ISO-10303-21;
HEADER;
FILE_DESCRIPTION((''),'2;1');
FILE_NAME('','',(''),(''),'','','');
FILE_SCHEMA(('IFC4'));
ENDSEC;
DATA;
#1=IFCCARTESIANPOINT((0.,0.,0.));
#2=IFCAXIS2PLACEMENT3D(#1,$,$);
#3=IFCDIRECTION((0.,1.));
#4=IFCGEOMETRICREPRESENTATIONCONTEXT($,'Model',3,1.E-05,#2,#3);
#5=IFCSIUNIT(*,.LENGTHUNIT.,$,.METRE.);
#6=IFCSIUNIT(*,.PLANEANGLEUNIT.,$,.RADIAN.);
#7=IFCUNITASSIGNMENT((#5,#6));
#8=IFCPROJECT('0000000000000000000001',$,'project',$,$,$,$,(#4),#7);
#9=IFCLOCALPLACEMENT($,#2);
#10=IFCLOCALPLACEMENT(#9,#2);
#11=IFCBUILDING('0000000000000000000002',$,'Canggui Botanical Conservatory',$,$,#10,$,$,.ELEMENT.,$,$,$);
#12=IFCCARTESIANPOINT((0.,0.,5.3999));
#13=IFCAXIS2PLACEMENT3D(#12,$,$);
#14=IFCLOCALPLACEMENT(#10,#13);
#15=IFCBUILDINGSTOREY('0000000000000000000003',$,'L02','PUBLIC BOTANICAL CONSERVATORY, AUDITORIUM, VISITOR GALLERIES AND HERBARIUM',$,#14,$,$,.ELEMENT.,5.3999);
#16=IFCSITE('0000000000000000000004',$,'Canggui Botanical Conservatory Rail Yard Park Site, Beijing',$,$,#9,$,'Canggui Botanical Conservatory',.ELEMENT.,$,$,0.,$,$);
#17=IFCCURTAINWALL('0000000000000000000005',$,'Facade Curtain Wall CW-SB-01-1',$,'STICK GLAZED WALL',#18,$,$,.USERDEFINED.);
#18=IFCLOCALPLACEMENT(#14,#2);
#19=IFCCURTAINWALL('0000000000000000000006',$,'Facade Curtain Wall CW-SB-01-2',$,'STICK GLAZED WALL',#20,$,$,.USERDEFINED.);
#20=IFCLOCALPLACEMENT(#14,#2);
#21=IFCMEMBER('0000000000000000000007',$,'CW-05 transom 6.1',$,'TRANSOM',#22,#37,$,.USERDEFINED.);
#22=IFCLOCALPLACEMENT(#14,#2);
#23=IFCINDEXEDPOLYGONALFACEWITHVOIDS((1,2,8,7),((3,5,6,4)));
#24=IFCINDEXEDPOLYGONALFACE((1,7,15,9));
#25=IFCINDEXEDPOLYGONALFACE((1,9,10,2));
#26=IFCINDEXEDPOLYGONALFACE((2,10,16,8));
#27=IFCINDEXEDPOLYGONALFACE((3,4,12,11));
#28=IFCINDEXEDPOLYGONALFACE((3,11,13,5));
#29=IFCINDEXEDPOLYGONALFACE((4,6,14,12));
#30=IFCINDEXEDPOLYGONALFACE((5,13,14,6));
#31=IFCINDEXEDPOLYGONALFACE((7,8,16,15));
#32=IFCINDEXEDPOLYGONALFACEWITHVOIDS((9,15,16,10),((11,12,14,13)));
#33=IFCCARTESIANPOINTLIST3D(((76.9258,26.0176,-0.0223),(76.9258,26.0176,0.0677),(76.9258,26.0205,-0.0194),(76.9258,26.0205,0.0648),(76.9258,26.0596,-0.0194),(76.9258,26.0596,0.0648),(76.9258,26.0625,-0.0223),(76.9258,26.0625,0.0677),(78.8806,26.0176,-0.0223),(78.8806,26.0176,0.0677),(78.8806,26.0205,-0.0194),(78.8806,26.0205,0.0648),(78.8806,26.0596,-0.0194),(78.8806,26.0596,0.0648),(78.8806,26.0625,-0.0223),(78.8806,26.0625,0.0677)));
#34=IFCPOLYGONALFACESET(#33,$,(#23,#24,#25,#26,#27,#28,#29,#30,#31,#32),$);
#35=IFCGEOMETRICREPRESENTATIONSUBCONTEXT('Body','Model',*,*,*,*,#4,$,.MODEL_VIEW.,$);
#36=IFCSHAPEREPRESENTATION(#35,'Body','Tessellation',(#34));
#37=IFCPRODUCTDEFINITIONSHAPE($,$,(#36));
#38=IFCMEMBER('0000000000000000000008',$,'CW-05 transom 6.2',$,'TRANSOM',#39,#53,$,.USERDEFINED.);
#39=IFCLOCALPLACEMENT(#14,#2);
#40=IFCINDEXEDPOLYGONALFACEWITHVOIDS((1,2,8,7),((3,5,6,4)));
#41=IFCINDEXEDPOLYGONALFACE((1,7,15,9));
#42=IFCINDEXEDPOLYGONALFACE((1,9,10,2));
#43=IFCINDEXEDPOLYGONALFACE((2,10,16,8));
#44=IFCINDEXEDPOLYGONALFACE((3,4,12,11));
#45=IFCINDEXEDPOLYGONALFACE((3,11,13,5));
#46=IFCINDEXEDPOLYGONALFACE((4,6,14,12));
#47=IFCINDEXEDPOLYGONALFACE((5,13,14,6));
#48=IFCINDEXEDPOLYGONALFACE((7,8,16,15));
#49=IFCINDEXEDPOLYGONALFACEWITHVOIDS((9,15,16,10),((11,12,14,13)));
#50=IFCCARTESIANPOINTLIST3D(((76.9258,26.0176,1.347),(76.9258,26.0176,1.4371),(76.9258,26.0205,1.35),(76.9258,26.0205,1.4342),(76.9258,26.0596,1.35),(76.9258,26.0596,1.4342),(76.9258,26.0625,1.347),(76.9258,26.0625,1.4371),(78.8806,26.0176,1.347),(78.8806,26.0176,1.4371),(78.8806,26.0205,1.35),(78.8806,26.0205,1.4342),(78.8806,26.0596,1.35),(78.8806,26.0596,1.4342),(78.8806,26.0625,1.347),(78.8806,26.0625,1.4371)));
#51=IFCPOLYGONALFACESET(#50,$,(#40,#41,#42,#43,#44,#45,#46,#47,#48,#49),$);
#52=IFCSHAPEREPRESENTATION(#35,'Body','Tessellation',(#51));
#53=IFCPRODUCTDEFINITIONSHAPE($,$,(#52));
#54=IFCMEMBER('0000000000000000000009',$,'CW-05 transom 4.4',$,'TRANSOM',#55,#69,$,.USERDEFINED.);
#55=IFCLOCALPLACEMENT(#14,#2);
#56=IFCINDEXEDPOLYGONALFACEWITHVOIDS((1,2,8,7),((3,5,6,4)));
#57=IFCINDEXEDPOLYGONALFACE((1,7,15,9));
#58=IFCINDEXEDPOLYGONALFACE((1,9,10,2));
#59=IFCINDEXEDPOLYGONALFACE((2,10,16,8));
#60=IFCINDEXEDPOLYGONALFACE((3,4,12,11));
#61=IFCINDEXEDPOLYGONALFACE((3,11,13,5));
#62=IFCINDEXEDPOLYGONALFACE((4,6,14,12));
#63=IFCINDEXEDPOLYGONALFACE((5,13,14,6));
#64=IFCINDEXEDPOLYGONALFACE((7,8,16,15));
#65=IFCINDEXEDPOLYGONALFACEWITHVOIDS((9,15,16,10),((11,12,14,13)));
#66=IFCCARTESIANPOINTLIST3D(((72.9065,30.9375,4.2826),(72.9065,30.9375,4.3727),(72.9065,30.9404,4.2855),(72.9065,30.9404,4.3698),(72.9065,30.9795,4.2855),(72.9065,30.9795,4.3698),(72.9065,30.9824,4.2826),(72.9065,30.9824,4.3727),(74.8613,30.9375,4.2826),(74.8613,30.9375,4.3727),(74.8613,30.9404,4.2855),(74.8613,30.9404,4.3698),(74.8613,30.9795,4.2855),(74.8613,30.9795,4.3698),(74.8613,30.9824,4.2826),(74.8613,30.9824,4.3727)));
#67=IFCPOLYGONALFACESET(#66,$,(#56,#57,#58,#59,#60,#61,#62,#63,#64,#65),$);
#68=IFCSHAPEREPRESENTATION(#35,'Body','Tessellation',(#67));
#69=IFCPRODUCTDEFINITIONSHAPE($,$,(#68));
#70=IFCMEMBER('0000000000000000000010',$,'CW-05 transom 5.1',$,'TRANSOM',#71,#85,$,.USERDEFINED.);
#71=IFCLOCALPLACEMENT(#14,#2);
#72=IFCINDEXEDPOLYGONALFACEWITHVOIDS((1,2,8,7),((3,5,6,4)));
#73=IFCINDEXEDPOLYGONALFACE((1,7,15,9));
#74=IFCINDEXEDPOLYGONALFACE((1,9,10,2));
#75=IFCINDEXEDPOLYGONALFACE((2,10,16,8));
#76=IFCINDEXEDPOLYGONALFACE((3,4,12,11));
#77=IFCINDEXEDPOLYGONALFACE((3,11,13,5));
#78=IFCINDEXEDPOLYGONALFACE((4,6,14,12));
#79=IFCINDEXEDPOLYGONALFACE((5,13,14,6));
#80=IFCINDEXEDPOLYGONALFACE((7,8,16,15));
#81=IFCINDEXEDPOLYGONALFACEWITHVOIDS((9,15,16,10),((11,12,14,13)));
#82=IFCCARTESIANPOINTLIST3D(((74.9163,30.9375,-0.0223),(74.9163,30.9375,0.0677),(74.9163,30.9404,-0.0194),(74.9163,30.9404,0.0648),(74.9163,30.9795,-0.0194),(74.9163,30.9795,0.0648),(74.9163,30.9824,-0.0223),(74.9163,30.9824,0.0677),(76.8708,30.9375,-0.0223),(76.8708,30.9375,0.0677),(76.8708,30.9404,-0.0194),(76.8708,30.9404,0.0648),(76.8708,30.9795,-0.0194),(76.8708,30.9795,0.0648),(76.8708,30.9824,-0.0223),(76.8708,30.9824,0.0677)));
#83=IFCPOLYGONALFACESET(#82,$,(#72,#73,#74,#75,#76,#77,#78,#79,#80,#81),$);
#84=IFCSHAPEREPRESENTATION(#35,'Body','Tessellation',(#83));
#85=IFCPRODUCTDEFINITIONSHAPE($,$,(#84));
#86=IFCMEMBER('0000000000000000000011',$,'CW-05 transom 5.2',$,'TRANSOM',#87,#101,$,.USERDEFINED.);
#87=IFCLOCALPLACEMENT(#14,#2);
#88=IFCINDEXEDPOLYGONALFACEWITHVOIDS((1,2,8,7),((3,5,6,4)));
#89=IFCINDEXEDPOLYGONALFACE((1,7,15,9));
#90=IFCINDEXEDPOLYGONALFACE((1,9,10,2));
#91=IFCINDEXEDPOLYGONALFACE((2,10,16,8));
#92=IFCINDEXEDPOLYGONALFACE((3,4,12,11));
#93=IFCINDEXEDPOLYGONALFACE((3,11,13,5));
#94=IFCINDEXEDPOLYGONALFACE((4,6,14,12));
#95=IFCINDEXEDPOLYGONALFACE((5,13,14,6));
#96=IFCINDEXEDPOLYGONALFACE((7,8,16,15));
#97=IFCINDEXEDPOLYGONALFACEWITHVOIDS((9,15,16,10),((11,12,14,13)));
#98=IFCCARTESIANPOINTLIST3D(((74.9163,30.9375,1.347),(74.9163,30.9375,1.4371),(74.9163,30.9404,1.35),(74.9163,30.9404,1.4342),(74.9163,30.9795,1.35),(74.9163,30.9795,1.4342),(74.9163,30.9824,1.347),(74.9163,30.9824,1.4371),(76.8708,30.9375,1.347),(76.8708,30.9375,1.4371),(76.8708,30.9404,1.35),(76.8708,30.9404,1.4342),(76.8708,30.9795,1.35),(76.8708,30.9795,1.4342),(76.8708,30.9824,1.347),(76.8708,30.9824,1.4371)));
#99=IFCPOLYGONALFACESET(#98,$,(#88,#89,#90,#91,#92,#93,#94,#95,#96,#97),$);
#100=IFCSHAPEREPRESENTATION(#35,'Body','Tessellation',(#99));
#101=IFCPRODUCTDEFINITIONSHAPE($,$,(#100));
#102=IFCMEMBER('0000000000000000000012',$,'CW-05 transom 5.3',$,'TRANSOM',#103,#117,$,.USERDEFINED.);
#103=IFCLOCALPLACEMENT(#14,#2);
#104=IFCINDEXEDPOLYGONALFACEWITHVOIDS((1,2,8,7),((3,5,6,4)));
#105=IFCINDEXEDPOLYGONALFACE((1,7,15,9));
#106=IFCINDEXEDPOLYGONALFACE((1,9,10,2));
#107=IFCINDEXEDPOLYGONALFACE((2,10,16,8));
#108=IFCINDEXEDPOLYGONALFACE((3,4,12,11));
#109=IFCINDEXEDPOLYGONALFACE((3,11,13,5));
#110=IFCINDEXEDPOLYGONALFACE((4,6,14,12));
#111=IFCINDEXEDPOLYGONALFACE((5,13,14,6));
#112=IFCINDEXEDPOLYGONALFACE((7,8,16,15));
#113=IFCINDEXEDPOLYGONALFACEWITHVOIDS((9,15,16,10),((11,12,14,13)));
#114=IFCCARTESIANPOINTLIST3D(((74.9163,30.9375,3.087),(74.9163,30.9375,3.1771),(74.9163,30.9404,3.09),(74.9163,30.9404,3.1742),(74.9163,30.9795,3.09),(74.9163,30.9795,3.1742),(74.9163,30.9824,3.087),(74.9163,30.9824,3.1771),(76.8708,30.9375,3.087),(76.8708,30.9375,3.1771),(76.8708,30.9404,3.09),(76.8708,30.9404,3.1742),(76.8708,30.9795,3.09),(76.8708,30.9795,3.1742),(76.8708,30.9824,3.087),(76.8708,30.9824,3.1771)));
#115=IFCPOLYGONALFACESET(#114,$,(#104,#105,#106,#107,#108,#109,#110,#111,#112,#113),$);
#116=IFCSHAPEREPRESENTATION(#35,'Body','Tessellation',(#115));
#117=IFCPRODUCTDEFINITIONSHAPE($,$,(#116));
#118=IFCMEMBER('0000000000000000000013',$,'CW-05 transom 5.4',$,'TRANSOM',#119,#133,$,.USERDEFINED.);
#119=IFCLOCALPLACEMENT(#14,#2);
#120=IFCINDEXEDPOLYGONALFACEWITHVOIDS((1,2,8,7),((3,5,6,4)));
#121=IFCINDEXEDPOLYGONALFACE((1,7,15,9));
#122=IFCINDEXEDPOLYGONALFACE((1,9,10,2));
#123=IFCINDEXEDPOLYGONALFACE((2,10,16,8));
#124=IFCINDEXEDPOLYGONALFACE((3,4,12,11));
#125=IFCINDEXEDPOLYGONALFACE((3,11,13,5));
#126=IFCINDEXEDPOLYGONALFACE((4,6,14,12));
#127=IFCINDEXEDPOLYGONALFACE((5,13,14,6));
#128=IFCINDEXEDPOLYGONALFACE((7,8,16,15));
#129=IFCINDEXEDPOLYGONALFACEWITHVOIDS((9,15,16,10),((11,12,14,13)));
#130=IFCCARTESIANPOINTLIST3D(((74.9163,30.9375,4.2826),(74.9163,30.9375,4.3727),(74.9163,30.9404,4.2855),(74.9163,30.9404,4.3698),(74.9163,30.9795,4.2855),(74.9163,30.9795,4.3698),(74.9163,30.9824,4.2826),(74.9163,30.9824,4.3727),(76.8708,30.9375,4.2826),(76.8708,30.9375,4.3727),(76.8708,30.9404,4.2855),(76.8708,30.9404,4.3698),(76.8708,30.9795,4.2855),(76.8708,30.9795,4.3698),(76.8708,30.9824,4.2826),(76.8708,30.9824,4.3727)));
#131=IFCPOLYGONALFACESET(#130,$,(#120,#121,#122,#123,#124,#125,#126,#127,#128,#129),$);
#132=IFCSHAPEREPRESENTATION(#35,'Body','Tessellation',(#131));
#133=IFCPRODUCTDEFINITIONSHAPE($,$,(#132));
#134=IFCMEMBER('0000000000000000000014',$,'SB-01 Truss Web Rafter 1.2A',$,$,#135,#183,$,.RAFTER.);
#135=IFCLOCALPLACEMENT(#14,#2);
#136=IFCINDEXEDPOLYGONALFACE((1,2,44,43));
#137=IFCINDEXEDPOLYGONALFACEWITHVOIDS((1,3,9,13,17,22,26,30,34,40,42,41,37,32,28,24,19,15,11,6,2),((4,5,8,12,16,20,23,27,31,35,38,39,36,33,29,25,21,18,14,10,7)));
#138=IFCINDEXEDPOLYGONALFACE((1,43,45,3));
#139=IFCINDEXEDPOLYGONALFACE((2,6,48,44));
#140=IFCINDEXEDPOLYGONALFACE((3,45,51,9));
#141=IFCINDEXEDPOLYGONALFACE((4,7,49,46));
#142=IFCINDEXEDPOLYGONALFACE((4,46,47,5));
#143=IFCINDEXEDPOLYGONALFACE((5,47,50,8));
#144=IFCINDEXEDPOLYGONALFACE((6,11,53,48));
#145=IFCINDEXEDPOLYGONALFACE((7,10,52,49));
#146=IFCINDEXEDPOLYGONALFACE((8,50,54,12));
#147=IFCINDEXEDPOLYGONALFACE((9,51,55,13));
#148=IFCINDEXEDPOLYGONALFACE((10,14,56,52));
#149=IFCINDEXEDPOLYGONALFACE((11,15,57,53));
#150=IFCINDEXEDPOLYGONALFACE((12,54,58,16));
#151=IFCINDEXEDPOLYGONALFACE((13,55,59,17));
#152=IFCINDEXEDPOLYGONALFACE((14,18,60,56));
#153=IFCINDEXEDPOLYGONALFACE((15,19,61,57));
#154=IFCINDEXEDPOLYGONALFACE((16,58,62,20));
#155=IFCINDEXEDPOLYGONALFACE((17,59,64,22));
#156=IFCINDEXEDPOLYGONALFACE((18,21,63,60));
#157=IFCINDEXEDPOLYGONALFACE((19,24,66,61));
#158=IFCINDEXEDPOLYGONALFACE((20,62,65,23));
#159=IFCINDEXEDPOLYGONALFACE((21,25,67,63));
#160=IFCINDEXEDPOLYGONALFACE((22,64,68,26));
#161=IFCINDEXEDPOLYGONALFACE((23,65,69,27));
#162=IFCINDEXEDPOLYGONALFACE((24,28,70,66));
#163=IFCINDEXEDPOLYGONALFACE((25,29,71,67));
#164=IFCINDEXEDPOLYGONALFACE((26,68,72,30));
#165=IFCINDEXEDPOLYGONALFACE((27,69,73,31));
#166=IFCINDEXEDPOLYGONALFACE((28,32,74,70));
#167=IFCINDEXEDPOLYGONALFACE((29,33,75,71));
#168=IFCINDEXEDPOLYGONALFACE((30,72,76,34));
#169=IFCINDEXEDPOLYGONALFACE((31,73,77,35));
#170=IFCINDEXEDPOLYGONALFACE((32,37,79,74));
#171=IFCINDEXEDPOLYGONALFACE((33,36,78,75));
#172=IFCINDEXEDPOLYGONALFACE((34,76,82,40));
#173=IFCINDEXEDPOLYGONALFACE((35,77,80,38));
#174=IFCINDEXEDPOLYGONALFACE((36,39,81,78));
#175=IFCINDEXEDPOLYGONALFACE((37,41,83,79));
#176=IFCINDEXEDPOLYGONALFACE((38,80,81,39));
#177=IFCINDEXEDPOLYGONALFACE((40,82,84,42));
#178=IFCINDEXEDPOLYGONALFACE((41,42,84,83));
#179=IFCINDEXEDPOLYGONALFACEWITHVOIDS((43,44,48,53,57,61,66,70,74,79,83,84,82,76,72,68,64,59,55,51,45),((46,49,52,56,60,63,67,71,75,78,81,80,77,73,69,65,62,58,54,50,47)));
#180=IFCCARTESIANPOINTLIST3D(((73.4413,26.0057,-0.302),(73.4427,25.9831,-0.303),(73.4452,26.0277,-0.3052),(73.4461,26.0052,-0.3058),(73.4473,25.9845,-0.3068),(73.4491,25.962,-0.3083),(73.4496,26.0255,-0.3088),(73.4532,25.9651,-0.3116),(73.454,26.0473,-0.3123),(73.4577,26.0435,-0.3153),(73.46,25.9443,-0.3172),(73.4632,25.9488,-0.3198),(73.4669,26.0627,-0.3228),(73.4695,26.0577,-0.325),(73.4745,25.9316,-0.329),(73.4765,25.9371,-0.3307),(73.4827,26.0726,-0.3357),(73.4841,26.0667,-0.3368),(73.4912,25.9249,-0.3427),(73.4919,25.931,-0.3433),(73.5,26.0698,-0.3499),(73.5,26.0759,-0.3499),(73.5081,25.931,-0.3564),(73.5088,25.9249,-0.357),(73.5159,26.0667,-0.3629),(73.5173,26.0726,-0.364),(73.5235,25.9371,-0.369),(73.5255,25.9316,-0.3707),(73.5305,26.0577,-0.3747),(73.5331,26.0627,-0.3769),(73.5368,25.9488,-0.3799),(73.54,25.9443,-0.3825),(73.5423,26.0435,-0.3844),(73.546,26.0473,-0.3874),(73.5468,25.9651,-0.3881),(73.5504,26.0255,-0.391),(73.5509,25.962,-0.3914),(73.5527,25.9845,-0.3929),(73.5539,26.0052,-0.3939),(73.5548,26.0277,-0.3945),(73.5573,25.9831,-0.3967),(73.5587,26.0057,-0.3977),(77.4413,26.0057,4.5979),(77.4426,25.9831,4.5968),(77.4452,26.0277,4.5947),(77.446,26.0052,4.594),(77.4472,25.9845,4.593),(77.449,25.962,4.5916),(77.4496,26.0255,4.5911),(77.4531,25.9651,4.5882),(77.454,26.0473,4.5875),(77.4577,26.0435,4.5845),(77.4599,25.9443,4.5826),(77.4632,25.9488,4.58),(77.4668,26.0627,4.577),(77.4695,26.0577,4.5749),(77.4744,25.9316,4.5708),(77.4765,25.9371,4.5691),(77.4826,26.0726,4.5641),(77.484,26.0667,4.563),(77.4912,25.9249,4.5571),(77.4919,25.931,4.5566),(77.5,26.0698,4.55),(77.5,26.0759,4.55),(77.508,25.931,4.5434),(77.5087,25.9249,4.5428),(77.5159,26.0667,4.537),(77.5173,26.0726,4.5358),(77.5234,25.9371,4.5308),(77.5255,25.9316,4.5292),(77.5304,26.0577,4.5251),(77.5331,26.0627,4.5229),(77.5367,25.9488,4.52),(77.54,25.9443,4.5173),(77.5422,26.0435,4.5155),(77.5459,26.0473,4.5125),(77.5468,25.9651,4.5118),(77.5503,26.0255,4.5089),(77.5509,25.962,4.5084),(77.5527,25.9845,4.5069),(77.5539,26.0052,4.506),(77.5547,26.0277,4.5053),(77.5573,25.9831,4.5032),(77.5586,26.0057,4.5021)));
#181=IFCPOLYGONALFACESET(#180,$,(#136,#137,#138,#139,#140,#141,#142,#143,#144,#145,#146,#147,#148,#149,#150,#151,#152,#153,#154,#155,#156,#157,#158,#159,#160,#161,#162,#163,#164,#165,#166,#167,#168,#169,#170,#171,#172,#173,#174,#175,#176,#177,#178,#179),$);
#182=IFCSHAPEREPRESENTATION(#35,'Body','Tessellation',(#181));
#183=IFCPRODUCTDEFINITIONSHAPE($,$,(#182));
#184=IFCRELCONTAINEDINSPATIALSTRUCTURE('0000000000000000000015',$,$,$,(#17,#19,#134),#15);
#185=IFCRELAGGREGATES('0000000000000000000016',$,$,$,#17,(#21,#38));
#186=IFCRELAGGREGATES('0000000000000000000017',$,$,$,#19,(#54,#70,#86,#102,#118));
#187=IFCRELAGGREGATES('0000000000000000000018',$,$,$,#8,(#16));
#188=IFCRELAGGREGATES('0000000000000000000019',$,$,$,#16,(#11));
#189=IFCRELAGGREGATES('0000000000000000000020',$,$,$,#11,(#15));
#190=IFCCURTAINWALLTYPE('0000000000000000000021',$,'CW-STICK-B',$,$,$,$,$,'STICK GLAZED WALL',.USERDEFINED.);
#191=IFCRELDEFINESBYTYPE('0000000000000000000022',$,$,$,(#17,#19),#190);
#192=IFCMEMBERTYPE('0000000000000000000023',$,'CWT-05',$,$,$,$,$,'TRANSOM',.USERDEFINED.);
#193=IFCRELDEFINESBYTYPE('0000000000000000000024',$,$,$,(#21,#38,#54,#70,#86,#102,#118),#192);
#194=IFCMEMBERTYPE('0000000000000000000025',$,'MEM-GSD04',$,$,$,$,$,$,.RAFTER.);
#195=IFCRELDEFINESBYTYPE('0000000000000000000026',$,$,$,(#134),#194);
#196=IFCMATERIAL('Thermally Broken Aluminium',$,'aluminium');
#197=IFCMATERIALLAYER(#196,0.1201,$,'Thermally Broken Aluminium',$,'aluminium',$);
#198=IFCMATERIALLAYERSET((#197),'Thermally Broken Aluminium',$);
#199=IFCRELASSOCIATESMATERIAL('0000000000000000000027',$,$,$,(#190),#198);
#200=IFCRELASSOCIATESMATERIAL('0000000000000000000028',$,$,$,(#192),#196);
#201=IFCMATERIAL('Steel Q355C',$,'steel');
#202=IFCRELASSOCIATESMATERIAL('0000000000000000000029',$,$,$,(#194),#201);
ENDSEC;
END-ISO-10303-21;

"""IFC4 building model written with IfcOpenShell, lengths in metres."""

from ifc_helpers import new_model, si_unit, direction, frame, origin, origin_2d, place, context, subcontext, project, spatial, hollow_rectangle, hollow_circle, extrude, material, layer, layer_set, material_profile, profile_set, type_object, element, aggregate, save


model = new_model("IFC4")

# Units and contexts
model_context = context("Model", 3, precision=1e-05, world=origin(), true_north=direction((0.0, 1.0)))
body_context = subcontext(model_context, "Body", "Model", "MODEL_VIEW")
ifc_project = project(units=[si_unit("LENGTHUNIT", "METRE"), si_unit("PLANEANGLEUNIT", "RADIAN")], contexts=[model_context])

# Site, building, storey
site_placement = place(None, origin())
site = spatial("IfcSite", under=ifc_project, at=site_placement, Name="Canggui Botanical Conservatory Rail Yard Park Site, Beijing", LongName="Canggui Botanical Conservatory", CompositionType="ELEMENT", RefElevation=0.0)
building_placement = place(site_placement, origin())
building = spatial("IfcBuilding", under=site, at=building_placement, Name="Canggui Botanical Conservatory", CompositionType="ELEMENT")
storey_placement = place(building_placement, frame((0.0, 0.0, 5.3999)))
storey = spatial("IfcBuildingStorey", under=building, at=storey_placement, Name="L02", Description="PUBLIC BOTANICAL CONSERVATORY, AUDITORIUM, VISITOR GALLERIES AND HERBARIUM", CompositionType="ELEMENT", Elevation=5.3999)

# Curtain walls
ifc_material_1 = material(Name="Thermally Broken Aluminium", Category="aluminium")
ifc_layer_1 = layer(ifc_material_1, 0.1201, Name="Thermally Broken Aluminium", Category="aluminium")
ifc_layer_set_1 = layer_set([ifc_layer_1], Name="Thermally Broken Aluminium")
curtain_wall_type = type_object("IfcCurtainWallType", Name="CW-STICK-B", ElementType="STICK GLAZED WALL", PredefinedType="USERDEFINED", material=ifc_layer_set_1)
curtain_wall_1_placement = place(storey_placement, origin())
curtain_wall_1 = element("IfcCurtainWall", 1, at=curtain_wall_1_placement, inside=storey, type_object=curtain_wall_type, Name="Facade Curtain Wall CW-SB-01-1", ObjectType="STICK GLAZED WALL", PredefinedType="USERDEFINED")
curtain_wall_2_placement = place(storey_placement, origin())
curtain_wall_2 = element("IfcCurtainWall", 2, at=curtain_wall_2_placement, inside=storey, type_object=curtain_wall_type, Name="Facade Curtain Wall CW-SB-01-2", ObjectType="STICK GLAZED WALL", PredefinedType="USERDEFINED")

# Members
ifc_material_profile_1 = material_profile(ifc_material_1, hollow_rectangle(XDim=0.0449, YDim=0.0901, WallThickness=0.0029, at=origin_2d()), Name="CWT 45x90x3")
ifc_profile_set_1 = profile_set([ifc_material_profile_1], Name="Thermally Broken Aluminium")
member_type_1 = type_object("IfcMemberType", Name="CWT-05", ElementType="TRANSOM", PredefinedType="USERDEFINED", material=ifc_profile_set_1)
member_1_placement = place(storey_placement, frame((76.9258, 26.04, 0.0227), z_axis=(1.0, 0.0, 0.0), x_axis=(0.0, 1.0, 0.0)))
member_1 = element("IfcMember", 3, at=member_1_placement, type_object=member_type_1, Name="CW-05 transom 6.1", ObjectType="TRANSOM", PredefinedType="USERDEFINED", context=body_context, shape_type="SweptSolid", body=[
    extrude(hollow_rectangle(XDim=0.0449, YDim=0.0901, WallThickness=0.0029, at=origin_2d()), origin(), (0.0, 0.0, 1.0), 1.9548),
])
member_2_placement = place(storey_placement, frame((76.9258, 26.04, 1.3921), z_axis=(1.0, 0.0, 0.0), x_axis=(0.0, 1.0, 0.0)))
member_2 = element("IfcMember", 4, at=member_2_placement, type_object=member_type_1, Name="CW-05 transom 6.2", ObjectType="TRANSOM", PredefinedType="USERDEFINED", context=body_context, shape_type="SweptSolid", body=[
    extrude(hollow_rectangle(XDim=0.0449, YDim=0.0901, WallThickness=0.0029, at=origin_2d()), origin(), (0.0, 0.0, 1.0), 1.9548),
])
member_3_placement = place(storey_placement, frame((72.9065, 30.96, 4.3276), z_axis=(1.0, 0.0, 0.0), x_axis=(0.0, 1.0, 0.0)))
member_3 = element("IfcMember", 5, at=member_3_placement, type_object=member_type_1, Name="CW-05 transom 4.4", ObjectType="TRANSOM", PredefinedType="USERDEFINED", context=body_context, shape_type="SweptSolid", body=[
    extrude(hollow_rectangle(XDim=0.0449, YDim=0.0901, WallThickness=0.0029, at=origin_2d()), origin(), (0.0, 0.0, 1.0), 1.9548),
])
member_4_placement = place(storey_placement, frame((74.9163, 30.96, 0.0227), z_axis=(1.0, 0.0, 0.0), x_axis=(0.0, 1.0, 0.0)))
member_4 = element("IfcMember", 6, at=member_4_placement, type_object=member_type_1, Name="CW-05 transom 5.1", ObjectType="TRANSOM", PredefinedType="USERDEFINED", context=body_context, shape_type="SweptSolid", body=[
    extrude(hollow_rectangle(XDim=0.0449, YDim=0.0901, WallThickness=0.0029, at=origin_2d()), origin(), (0.0, 0.0, 1.0), 1.9546),
])
member_5_placement = place(storey_placement, frame((74.9163, 30.96, 1.3921), z_axis=(1.0, 0.0, 0.0), x_axis=(0.0, 1.0, 0.0)))
member_5 = element("IfcMember", 7, at=member_5_placement, type_object=member_type_1, Name="CW-05 transom 5.2", ObjectType="TRANSOM", PredefinedType="USERDEFINED", context=body_context, shape_type="SweptSolid", body=[
    extrude(hollow_rectangle(XDim=0.0449, YDim=0.0901, WallThickness=0.0029, at=origin_2d()), origin(), (0.0, 0.0, 1.0), 1.9546),
])
member_6_placement = place(storey_placement, frame((74.9163, 30.96, 3.1321), z_axis=(1.0, 0.0, 0.0), x_axis=(0.0, 1.0, 0.0)))
member_6 = element("IfcMember", 8, at=member_6_placement, type_object=member_type_1, Name="CW-05 transom 5.3", ObjectType="TRANSOM", PredefinedType="USERDEFINED", context=body_context, shape_type="SweptSolid", body=[
    extrude(hollow_rectangle(XDim=0.0449, YDim=0.0901, WallThickness=0.0029, at=origin_2d()), origin(), (0.0, 0.0, 1.0), 1.9546),
])
member_7_placement = place(storey_placement, frame((74.9163, 30.96, 4.3276), z_axis=(1.0, 0.0, 0.0), x_axis=(0.0, 1.0, 0.0)))
member_7 = element("IfcMember", 9, at=member_7_placement, type_object=member_type_1, Name="CW-05 transom 5.4", ObjectType="TRANSOM", PredefinedType="USERDEFINED", context=body_context, shape_type="SweptSolid", body=[
    extrude(hollow_rectangle(XDim=0.0449, YDim=0.0901, WallThickness=0.0029, at=origin_2d()), origin(), (0.0, 0.0, 1.0), 1.9546),
])

# Member
ifc_material_2 = material(Name="Steel Q355C", Category="steel")
ifc_material_profile_2 = material_profile(ifc_material_2, hollow_circle(Radius=0.0759, WallThickness=0.0061, at=origin_2d()), Name="CHS 152x6")
ifc_profile_set_2 = profile_set([ifc_material_profile_2], Name="Steel Q355C")
member_type_2 = type_object("IfcMemberType", Name="MEM-GSD04", PredefinedType="RAFTER", material=ifc_profile_set_2)
member_8_placement = place(storey_placement, frame((73.5, 26.0, -0.3499), z_axis=(0.632384, 0.0, 0.774655), x_axis=(0.0, 1.0, 0.0)))
element("IfcMember", 10, at=member_8_placement, inside=storey, type_object=member_type_2, Name="SB-01 Truss Web Rafter 1.2A", PredefinedType="RAFTER", context=body_context, shape_type="SweptSolid", body=[
    extrude(hollow_circle(Radius=0.0759, WallThickness=0.0061, at=origin_2d()), origin(), (0.0, 0.0, 1.0), 6.3252),
])

aggregate(curtain_wall_1, [member_1, member_2])
aggregate(curtain_wall_2, [member_3, member_4, member_5, member_6, member_7])

save(model, "model.ifc")
